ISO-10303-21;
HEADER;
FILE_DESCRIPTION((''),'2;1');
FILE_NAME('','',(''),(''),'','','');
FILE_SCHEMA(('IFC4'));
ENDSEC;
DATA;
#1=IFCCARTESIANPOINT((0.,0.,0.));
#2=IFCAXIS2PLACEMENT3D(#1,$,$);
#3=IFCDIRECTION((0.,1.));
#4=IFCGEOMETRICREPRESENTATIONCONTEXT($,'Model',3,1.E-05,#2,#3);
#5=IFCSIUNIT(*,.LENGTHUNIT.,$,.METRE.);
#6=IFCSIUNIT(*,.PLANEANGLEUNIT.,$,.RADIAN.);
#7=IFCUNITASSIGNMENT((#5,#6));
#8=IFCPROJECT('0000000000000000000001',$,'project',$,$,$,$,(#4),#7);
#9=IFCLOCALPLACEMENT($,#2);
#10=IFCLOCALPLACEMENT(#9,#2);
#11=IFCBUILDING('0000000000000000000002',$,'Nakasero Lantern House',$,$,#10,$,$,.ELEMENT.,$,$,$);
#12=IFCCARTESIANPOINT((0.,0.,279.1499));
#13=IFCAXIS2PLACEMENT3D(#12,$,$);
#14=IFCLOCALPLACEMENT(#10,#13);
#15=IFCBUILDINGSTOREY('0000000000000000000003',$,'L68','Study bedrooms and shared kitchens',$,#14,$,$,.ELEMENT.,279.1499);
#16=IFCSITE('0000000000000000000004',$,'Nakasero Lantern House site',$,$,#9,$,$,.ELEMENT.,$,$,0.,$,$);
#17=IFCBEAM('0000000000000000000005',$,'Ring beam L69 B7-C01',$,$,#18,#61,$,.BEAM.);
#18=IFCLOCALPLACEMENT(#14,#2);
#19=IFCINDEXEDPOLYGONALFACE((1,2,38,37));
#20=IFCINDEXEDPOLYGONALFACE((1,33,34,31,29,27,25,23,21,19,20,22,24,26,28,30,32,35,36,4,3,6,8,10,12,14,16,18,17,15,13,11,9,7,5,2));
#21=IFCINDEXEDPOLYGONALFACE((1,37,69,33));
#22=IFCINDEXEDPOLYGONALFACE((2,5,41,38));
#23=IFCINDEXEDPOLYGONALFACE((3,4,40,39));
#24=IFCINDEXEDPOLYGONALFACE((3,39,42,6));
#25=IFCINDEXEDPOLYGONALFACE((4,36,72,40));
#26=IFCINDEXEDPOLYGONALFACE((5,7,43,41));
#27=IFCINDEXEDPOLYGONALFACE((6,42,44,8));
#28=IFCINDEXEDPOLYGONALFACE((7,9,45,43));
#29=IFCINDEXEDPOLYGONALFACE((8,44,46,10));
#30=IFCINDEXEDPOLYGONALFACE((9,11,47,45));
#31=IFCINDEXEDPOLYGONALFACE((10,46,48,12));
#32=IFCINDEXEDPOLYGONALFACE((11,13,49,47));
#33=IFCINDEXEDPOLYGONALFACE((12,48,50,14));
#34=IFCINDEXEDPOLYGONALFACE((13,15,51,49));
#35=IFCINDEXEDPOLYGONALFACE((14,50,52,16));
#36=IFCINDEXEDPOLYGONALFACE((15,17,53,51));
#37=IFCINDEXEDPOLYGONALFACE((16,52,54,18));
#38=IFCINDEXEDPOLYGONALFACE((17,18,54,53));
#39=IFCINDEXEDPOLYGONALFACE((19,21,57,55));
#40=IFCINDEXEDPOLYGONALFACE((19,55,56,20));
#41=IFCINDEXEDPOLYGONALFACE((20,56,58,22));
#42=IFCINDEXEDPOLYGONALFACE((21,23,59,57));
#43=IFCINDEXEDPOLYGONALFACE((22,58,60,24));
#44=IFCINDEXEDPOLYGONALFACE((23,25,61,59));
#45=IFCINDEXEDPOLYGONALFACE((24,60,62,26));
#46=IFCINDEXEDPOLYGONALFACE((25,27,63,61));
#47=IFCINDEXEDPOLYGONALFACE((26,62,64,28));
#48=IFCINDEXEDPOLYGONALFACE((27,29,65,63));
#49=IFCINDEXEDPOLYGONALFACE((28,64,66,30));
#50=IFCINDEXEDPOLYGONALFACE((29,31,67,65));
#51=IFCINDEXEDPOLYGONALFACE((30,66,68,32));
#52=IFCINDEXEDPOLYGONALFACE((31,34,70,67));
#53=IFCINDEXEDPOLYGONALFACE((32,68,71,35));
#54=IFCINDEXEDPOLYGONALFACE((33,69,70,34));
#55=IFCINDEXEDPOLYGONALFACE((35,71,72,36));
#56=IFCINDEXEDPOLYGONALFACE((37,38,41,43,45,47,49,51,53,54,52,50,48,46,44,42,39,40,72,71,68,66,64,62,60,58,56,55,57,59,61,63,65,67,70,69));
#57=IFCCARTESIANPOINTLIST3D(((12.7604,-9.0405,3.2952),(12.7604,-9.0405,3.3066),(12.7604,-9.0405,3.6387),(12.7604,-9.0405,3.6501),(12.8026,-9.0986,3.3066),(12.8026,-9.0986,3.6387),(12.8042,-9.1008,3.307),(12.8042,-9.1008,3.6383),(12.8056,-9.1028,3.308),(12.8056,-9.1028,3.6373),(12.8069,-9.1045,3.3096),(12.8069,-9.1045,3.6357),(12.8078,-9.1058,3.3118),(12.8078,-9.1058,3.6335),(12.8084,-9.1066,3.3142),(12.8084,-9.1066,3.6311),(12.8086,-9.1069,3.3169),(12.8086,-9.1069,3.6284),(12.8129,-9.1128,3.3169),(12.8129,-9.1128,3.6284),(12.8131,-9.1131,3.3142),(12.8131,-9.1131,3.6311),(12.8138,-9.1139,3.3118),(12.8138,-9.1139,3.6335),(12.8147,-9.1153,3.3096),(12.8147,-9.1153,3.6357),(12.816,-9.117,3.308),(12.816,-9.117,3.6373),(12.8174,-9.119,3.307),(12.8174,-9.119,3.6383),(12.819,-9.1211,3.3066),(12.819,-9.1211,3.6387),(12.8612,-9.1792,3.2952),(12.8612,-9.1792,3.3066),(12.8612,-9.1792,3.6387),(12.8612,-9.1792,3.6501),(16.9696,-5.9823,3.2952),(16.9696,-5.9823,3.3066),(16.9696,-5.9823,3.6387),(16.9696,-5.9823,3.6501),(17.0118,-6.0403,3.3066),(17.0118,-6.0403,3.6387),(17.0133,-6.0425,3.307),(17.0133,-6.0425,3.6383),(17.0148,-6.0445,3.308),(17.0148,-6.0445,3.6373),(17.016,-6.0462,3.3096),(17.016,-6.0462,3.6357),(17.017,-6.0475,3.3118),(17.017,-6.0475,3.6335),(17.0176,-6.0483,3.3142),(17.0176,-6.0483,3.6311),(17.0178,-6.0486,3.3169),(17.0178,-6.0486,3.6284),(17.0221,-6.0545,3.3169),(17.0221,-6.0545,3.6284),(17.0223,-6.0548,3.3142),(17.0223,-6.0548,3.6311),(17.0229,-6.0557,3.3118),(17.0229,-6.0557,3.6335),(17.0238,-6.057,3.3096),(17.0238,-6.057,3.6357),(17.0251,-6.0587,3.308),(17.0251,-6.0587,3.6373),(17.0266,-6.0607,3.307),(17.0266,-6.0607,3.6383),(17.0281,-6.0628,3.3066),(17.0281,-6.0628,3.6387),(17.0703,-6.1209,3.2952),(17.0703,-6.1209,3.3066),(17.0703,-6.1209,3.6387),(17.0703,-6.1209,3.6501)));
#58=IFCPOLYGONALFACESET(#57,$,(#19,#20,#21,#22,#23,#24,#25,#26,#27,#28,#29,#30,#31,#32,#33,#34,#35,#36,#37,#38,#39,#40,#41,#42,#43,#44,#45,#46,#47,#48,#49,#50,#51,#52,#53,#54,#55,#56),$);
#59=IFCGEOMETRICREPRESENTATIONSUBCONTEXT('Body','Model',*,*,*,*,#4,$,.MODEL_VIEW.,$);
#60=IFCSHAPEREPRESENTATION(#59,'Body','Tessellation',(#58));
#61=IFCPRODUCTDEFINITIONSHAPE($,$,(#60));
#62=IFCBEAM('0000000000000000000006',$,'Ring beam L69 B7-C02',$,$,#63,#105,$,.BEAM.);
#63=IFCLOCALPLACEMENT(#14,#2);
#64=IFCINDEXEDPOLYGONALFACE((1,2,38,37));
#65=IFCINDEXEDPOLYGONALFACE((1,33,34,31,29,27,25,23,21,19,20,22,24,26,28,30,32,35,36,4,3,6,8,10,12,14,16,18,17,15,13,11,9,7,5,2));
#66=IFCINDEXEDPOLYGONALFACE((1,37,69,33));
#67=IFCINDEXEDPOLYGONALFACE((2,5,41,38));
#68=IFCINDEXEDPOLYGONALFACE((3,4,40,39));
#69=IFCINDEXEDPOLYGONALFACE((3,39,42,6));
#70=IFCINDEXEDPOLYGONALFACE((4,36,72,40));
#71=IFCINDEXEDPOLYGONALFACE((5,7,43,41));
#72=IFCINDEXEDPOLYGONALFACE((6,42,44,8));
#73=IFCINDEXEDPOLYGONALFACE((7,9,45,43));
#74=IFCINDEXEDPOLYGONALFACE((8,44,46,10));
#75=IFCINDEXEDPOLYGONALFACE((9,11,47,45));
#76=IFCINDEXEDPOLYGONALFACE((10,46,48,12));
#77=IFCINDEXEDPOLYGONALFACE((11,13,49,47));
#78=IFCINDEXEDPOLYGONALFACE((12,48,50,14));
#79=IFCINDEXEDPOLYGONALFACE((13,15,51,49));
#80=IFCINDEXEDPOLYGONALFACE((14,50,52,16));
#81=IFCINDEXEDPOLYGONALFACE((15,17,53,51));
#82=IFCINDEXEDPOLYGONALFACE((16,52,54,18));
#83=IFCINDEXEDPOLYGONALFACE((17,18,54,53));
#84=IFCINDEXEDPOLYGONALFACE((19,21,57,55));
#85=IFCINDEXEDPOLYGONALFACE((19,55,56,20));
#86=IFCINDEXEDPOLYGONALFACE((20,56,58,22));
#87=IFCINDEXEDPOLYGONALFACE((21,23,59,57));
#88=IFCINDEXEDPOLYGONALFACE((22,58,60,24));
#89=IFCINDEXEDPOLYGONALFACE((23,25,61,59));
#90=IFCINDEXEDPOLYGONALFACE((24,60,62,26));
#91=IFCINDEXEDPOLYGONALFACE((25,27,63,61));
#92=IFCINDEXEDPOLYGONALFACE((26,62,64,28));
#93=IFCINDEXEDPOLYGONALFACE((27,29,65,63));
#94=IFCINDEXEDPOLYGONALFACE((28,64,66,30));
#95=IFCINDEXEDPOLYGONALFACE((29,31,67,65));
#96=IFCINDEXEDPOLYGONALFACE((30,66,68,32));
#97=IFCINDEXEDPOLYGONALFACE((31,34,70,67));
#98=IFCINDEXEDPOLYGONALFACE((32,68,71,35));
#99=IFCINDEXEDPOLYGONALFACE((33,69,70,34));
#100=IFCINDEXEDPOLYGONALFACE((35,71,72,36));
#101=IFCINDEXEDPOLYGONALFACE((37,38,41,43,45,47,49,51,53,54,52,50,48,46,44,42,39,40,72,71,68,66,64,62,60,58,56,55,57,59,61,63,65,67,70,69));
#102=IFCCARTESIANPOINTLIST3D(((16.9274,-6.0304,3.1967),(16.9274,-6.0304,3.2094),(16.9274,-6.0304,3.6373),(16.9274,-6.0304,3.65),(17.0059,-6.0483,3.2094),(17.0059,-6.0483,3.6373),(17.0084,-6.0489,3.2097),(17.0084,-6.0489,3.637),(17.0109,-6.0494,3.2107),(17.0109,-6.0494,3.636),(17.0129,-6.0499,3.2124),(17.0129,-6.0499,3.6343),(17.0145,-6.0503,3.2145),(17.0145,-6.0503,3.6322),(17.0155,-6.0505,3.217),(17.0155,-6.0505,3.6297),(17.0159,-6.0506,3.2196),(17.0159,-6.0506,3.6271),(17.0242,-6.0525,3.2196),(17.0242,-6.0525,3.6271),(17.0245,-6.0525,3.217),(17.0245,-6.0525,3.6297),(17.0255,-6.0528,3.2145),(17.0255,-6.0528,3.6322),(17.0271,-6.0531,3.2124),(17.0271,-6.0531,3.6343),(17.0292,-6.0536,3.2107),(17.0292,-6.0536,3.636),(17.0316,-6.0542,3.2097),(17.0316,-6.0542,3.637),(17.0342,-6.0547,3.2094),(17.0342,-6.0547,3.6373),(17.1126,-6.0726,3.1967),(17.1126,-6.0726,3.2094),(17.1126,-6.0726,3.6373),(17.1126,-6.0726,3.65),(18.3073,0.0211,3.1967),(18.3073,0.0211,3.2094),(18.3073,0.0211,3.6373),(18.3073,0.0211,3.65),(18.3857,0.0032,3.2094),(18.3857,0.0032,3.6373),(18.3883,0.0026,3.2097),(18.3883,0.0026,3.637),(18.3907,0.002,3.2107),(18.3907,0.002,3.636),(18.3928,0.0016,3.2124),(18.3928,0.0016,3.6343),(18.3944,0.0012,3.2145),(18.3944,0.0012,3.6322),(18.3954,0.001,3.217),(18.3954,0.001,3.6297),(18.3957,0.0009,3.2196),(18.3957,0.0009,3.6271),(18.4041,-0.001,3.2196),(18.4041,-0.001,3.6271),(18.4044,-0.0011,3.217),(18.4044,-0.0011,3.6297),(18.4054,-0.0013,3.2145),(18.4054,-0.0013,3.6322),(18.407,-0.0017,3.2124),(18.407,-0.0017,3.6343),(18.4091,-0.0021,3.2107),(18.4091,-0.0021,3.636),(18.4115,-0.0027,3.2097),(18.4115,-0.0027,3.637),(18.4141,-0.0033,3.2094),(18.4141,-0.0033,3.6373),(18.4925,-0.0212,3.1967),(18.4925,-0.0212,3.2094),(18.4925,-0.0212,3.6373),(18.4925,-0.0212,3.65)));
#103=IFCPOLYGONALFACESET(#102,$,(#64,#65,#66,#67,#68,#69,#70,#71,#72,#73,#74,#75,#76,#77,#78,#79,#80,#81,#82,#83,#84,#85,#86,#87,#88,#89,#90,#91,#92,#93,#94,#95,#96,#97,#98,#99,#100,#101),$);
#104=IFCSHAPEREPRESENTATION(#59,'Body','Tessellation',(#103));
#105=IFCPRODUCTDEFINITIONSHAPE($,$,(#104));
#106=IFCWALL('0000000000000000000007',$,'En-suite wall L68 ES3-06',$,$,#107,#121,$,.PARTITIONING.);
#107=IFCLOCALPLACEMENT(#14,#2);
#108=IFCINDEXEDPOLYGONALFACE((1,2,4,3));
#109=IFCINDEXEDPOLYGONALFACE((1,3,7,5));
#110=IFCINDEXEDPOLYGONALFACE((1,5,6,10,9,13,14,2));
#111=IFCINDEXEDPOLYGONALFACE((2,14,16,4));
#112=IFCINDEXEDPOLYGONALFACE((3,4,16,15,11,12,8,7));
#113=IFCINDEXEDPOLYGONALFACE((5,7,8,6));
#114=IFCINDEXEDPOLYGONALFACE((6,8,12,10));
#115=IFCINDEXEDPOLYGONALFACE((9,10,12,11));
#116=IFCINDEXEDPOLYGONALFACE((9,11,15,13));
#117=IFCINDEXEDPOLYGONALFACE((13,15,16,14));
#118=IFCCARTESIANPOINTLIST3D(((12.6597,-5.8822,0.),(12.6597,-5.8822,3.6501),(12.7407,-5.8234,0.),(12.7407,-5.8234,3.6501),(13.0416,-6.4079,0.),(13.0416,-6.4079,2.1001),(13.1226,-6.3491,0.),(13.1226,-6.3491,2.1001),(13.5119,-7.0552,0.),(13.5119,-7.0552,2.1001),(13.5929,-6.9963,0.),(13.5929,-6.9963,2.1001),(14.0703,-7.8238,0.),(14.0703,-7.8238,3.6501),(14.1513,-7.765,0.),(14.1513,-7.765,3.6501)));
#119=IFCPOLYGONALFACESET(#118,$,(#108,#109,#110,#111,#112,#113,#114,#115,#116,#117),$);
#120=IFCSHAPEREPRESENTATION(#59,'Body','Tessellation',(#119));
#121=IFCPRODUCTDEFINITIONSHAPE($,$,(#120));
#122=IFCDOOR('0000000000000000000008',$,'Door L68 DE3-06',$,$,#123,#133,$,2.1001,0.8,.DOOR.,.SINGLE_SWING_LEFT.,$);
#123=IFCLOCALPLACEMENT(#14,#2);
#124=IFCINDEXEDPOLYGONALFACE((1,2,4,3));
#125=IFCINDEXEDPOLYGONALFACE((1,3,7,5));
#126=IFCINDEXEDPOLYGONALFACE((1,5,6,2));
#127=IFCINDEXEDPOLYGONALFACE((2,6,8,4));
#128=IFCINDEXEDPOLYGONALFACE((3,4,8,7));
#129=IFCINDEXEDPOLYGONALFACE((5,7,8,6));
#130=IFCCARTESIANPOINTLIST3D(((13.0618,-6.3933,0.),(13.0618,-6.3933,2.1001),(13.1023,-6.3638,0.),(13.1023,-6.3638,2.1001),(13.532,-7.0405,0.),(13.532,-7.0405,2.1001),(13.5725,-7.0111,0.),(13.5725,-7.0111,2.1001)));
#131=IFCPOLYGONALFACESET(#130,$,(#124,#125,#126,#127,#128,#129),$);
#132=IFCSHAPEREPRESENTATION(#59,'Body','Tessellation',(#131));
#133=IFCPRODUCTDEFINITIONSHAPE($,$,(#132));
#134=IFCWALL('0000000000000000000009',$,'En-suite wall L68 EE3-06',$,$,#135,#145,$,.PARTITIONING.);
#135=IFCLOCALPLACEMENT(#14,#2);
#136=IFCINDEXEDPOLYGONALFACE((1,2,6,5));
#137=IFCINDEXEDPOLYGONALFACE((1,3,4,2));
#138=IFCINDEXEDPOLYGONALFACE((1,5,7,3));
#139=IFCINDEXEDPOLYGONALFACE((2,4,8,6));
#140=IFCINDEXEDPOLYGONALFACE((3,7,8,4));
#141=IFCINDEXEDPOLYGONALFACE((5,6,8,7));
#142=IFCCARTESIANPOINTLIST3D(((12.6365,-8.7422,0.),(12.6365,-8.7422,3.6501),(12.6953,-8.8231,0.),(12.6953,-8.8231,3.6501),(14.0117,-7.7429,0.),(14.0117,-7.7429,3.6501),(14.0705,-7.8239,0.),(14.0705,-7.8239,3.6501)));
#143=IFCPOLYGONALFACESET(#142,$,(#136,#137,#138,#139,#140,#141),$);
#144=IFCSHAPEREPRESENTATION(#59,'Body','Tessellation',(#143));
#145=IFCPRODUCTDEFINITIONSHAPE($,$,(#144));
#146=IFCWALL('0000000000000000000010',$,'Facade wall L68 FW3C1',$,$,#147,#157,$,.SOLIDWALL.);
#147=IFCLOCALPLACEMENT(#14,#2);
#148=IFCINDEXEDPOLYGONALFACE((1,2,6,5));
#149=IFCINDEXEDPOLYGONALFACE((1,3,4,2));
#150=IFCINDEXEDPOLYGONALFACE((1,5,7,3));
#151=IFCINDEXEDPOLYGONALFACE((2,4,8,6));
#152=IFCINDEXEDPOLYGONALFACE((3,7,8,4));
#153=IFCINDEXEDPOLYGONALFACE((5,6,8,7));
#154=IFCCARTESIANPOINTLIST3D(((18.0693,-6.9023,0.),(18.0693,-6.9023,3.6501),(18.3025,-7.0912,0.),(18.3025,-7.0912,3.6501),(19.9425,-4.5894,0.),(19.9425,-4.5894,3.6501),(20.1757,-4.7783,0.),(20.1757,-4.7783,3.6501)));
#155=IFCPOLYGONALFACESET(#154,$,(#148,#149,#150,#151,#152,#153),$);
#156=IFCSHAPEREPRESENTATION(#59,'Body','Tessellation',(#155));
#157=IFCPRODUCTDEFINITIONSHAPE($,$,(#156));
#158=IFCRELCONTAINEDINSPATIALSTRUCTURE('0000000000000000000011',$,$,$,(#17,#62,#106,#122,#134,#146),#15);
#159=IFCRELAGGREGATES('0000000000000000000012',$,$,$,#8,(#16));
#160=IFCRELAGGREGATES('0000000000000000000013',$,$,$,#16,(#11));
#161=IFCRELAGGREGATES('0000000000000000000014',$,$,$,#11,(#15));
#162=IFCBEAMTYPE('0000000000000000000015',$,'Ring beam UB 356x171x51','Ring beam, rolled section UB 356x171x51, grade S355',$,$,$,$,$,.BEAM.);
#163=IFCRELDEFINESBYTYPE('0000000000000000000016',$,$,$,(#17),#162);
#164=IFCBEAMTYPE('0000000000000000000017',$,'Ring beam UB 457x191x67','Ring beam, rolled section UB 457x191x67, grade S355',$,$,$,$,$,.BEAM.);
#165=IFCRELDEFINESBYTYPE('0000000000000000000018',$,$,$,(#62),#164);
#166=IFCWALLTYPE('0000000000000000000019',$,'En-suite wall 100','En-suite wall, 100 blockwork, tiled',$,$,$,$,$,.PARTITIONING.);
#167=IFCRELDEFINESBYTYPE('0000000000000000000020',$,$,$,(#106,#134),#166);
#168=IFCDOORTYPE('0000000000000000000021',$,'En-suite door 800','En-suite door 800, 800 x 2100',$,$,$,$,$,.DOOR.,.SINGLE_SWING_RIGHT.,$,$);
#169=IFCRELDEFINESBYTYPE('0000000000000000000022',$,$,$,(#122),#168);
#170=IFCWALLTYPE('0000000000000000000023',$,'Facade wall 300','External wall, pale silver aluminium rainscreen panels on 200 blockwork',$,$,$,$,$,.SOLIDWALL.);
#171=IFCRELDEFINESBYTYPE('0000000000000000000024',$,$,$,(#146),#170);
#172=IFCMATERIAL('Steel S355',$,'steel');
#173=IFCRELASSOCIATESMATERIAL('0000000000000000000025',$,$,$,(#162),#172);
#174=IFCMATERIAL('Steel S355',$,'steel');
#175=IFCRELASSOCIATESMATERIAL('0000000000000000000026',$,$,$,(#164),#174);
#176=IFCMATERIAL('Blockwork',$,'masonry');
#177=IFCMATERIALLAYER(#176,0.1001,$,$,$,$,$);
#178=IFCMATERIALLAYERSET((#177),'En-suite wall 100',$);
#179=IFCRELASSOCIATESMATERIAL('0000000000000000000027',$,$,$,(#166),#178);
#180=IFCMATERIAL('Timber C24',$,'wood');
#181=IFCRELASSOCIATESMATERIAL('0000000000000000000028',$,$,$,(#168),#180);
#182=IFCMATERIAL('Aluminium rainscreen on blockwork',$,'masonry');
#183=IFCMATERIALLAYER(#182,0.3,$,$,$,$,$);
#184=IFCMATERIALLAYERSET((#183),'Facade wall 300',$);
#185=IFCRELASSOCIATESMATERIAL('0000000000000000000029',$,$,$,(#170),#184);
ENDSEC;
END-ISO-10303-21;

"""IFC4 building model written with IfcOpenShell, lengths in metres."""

from ifc_helpers import new_model, si_unit, direction, frame, frame_2d, origin, origin_2d, place, context, subcontext, project, spatial, rectangle, i_section, extrude, material, layer, layer_set, material_profile, profile_set, type_object, element, fill, save


model = new_model("IFC4")

# Units and contexts
model_context = context("Model", 3, precision=1e-05, world=origin(), true_north=direction((0.0, 1.0)))
body_context = subcontext(model_context, "Body", "Model", "MODEL_VIEW")
ifc_project = project(units=[si_unit("LENGTHUNIT", "METRE"), si_unit("PLANEANGLEUNIT", "RADIAN")], contexts=[model_context])

# Site, building, storey
site_placement = place(None, origin())
site = spatial("IfcSite", under=ifc_project, at=site_placement, Name="Nakasero Lantern House site", CompositionType="ELEMENT", RefElevation=0.0)
building_placement = place(site_placement, origin())
building = spatial("IfcBuilding", under=site, at=building_placement, Name="Nakasero Lantern House", CompositionType="ELEMENT")
storey_placement = place(building_placement, frame((0.0, 0.0, 279.1499)))
storey = spatial("IfcBuildingStorey", under=building, at=storey_placement, Name="L68", Description="Study bedrooms and shared kitchens", CompositionType="ELEMENT", Elevation=279.1499)

# Beams
ifc_material_1 = material(Name="Steel S355", Category="steel")
ifc_material_profile_1 = material_profile(ifc_material_1, i_section(OverallWidth=0.1714, OverallDepth=0.355, WebThickness=0.0073, FlangeThickness=0.0115, FilletRadius=0.0103, at=origin_2d()), Name="UB 356x171x51")
ifc_profile_set_1 = profile_set([ifc_material_profile_1], Name="Steel S355")
beam_type_1 = type_object("IfcBeamType", Name="Ring beam UB 356x171x51", Description="Ring beam, rolled section UB 356x171x51, grade S355", PredefinedType="BEAM", material=ifc_profile_set_1)
beam_1_placement = place(storey_placement, frame((12.8108, -9.1099, 3.4727), z_axis=(0.809002, 0.587806, 0.0), x_axis=(-0.587806, 0.809002, 0.0)))
element("IfcBeam", 1, at=beam_1_placement, inside=storey, type_object=beam_type_1, Name="Ring beam L69 B7-C01", PredefinedType="BEAM", context=body_context, shape_type="SweptSolid", body=[
    extrude(i_section(OverallWidth=0.1714, OverallDepth=0.355, WebThickness=0.0073, FlangeThickness=0.0115, FilletRadius=0.0103, at=origin_2d()), origin(), (0.0, 0.0, 1.0), 5.2029),
])
ifc_material_2 = material(Name="Steel S355", Category="steel")
ifc_material_profile_2 = material_profile(ifc_material_2, i_section(OverallWidth=0.1899, OverallDepth=0.4534, WebThickness=0.0085, FlangeThickness=0.0127, FilletRadius=0.0103, at=origin_2d()), Name="UB 457x191x67")
ifc_profile_set_2 = profile_set([ifc_material_profile_2], Name="Steel S355")
beam_type_2 = type_object("IfcBeamType", Name="Ring beam UB 457x191x67", Description="Ring beam, rolled section UB 457x191x67, grade S355", PredefinedType="BEAM", material=ifc_profile_set_2)
beam_2_placement = place(storey_placement, frame((17.02, -6.0515, 3.4233), z_axis=(0.222316, 0.974975, 0.0), x_axis=(-0.974975, 0.222316, 0.0)))
element("IfcBeam", 2, at=beam_2_placement, inside=storey, type_object=beam_type_2, Name="Ring beam L69 B7-C02", PredefinedType="BEAM", context=body_context, shape_type="SweptSolid", body=[
    extrude(i_section(OverallWidth=0.1899, OverallDepth=0.4534, WebThickness=0.0085, FlangeThickness=0.0127, FilletRadius=0.0103, at=origin_2d()), origin(), (0.0, 0.0, 1.0), 6.2068),
])

# Wall, opening, door
ifc_material_3 = material(Name="Blockwork", Category="masonry")
ifc_layer_1 = layer(ifc_material_3, 0.1001)
ifc_layer_set_1 = layer_set([ifc_layer_1], Name="En-suite wall 100")
wall_type_1 = type_object("IfcWallType", Name="En-suite wall 100", Description="En-suite wall, 100 blockwork, tiled", PredefinedType="PARTITIONING", material=ifc_layer_set_1)
wall_1_placement = place(storey_placement, frame((12.7002, -5.8528, 0.0), z_axis=(0.0, 0.0, 1.0), x_axis=(0.587772, -0.809026, 0.0)))
wall_1 = element("IfcWall", 3, at=wall_1_placement, inside=storey, type_object=wall_type_1, Name="En-suite wall L68 ES3-06", PredefinedType="PARTITIONING", context=body_context, shape_type="SweptSolid", body=[
    extrude(rectangle(XDim=2.3999, YDim=0.1001, at=frame_2d((1.2, 0.0))), origin(), (0.0, 0.0, 1.0), 3.6501),
])
opening_1_placement = place(wall_1_placement, frame((0.6499, 0.0, 0.0)))
opening_1 = element("IfcOpeningElement", 4, at=opening_1_placement, cuts=wall_1, PredefinedType="OPENING", context=body_context, shape_type="SweptSolid", body=[
    extrude(rectangle(XDim=0.8, YDim=2.1001, at=frame_2d((0.3999, 1.05))), frame((0.0, 0.0701, 0.0), z_axis=(0.0, -1.0, 0.0), x_axis=(1.0, 0.0, 0.0)), (0.0, 0.0, 1.0), 0.1401),
])
ifc_material_4 = material(Name="Timber C24", Category="wood")
door_type_1 = type_object("IfcDoorType", Name="En-suite door 800", Description="En-suite door 800, 800 x 2100", OperationType="SINGLE_SWING_RIGHT", PredefinedType="DOOR", material=ifc_material_4)
door_1_placement = place(opening_1_placement, origin())
door_1 = element("IfcDoor", 5, at=door_1_placement, inside=storey, type_object=door_type_1, Name="Door L68 DE3-06", OperationType="SINGLE_SWING_LEFT", OverallHeight=2.1001, OverallWidth=0.8, PredefinedType="DOOR", context=body_context, shape_type="SweptSolid", body=[
    extrude(rectangle(XDim=0.8, YDim=2.1001, at=frame_2d((0.3999, 1.05))), frame((0.0, 0.0249, 0.0), z_axis=(0.0, -1.0, 0.0), x_axis=(1.0, 0.0, 0.0)), (0.0, 0.0, 1.0), 0.05),
])
fill(opening_1, door_1)

# Walls
wall_2_placement = place(storey_placement, frame((12.6658, -8.7827, 0.0), z_axis=(0.0, 0.0, 1.0), x_axis=(0.808991, 0.587822, 0.0)))
element("IfcWall", 6, at=wall_2_placement, inside=storey, type_object=wall_type_1, Name="En-suite wall L68 EE3-06", PredefinedType="PARTITIONING", context=body_context, shape_type="SweptSolid", body=[
    extrude(rectangle(XDim=1.7, YDim=0.1001, at=frame_2d((0.8501, 0.0))), origin(), (0.0, 0.0, 1.0), 3.6501),
])
ifc_material_5 = material(Name="Aluminium rainscreen on blockwork", Category="masonry")
ifc_layer_2 = layer(ifc_material_5, 0.3)
ifc_layer_set_2 = layer_set([ifc_layer_2], Name="Facade wall 300")
wall_type_2 = type_object("IfcWallType", Name="Facade wall 300", Description="External wall, pale silver aluminium rainscreen panels on 200 blockwork", PredefinedType="SOLIDWALL", material=ifc_layer_set_2)
wall_3_placement = place(storey_placement, frame((18.1858, -6.9968, 0.0), z_axis=(0.0, 0.0, 1.0), x_axis=(0.629375, 0.777102, 0.0)))
element("IfcWall", 7, at=wall_3_placement, inside=storey, type_object=wall_type_2, Name="Facade wall L68 FW3C1", PredefinedType="SOLIDWALL", context=body_context, shape_type="SweptSolid", body=[
    extrude(rectangle(XDim=2.9763, YDim=0.3, at=frame_2d((1.4883, 0.0))), origin(), (0.0, 0.0, 1.0), 3.6501),
])

save(model, "model.ifc")
